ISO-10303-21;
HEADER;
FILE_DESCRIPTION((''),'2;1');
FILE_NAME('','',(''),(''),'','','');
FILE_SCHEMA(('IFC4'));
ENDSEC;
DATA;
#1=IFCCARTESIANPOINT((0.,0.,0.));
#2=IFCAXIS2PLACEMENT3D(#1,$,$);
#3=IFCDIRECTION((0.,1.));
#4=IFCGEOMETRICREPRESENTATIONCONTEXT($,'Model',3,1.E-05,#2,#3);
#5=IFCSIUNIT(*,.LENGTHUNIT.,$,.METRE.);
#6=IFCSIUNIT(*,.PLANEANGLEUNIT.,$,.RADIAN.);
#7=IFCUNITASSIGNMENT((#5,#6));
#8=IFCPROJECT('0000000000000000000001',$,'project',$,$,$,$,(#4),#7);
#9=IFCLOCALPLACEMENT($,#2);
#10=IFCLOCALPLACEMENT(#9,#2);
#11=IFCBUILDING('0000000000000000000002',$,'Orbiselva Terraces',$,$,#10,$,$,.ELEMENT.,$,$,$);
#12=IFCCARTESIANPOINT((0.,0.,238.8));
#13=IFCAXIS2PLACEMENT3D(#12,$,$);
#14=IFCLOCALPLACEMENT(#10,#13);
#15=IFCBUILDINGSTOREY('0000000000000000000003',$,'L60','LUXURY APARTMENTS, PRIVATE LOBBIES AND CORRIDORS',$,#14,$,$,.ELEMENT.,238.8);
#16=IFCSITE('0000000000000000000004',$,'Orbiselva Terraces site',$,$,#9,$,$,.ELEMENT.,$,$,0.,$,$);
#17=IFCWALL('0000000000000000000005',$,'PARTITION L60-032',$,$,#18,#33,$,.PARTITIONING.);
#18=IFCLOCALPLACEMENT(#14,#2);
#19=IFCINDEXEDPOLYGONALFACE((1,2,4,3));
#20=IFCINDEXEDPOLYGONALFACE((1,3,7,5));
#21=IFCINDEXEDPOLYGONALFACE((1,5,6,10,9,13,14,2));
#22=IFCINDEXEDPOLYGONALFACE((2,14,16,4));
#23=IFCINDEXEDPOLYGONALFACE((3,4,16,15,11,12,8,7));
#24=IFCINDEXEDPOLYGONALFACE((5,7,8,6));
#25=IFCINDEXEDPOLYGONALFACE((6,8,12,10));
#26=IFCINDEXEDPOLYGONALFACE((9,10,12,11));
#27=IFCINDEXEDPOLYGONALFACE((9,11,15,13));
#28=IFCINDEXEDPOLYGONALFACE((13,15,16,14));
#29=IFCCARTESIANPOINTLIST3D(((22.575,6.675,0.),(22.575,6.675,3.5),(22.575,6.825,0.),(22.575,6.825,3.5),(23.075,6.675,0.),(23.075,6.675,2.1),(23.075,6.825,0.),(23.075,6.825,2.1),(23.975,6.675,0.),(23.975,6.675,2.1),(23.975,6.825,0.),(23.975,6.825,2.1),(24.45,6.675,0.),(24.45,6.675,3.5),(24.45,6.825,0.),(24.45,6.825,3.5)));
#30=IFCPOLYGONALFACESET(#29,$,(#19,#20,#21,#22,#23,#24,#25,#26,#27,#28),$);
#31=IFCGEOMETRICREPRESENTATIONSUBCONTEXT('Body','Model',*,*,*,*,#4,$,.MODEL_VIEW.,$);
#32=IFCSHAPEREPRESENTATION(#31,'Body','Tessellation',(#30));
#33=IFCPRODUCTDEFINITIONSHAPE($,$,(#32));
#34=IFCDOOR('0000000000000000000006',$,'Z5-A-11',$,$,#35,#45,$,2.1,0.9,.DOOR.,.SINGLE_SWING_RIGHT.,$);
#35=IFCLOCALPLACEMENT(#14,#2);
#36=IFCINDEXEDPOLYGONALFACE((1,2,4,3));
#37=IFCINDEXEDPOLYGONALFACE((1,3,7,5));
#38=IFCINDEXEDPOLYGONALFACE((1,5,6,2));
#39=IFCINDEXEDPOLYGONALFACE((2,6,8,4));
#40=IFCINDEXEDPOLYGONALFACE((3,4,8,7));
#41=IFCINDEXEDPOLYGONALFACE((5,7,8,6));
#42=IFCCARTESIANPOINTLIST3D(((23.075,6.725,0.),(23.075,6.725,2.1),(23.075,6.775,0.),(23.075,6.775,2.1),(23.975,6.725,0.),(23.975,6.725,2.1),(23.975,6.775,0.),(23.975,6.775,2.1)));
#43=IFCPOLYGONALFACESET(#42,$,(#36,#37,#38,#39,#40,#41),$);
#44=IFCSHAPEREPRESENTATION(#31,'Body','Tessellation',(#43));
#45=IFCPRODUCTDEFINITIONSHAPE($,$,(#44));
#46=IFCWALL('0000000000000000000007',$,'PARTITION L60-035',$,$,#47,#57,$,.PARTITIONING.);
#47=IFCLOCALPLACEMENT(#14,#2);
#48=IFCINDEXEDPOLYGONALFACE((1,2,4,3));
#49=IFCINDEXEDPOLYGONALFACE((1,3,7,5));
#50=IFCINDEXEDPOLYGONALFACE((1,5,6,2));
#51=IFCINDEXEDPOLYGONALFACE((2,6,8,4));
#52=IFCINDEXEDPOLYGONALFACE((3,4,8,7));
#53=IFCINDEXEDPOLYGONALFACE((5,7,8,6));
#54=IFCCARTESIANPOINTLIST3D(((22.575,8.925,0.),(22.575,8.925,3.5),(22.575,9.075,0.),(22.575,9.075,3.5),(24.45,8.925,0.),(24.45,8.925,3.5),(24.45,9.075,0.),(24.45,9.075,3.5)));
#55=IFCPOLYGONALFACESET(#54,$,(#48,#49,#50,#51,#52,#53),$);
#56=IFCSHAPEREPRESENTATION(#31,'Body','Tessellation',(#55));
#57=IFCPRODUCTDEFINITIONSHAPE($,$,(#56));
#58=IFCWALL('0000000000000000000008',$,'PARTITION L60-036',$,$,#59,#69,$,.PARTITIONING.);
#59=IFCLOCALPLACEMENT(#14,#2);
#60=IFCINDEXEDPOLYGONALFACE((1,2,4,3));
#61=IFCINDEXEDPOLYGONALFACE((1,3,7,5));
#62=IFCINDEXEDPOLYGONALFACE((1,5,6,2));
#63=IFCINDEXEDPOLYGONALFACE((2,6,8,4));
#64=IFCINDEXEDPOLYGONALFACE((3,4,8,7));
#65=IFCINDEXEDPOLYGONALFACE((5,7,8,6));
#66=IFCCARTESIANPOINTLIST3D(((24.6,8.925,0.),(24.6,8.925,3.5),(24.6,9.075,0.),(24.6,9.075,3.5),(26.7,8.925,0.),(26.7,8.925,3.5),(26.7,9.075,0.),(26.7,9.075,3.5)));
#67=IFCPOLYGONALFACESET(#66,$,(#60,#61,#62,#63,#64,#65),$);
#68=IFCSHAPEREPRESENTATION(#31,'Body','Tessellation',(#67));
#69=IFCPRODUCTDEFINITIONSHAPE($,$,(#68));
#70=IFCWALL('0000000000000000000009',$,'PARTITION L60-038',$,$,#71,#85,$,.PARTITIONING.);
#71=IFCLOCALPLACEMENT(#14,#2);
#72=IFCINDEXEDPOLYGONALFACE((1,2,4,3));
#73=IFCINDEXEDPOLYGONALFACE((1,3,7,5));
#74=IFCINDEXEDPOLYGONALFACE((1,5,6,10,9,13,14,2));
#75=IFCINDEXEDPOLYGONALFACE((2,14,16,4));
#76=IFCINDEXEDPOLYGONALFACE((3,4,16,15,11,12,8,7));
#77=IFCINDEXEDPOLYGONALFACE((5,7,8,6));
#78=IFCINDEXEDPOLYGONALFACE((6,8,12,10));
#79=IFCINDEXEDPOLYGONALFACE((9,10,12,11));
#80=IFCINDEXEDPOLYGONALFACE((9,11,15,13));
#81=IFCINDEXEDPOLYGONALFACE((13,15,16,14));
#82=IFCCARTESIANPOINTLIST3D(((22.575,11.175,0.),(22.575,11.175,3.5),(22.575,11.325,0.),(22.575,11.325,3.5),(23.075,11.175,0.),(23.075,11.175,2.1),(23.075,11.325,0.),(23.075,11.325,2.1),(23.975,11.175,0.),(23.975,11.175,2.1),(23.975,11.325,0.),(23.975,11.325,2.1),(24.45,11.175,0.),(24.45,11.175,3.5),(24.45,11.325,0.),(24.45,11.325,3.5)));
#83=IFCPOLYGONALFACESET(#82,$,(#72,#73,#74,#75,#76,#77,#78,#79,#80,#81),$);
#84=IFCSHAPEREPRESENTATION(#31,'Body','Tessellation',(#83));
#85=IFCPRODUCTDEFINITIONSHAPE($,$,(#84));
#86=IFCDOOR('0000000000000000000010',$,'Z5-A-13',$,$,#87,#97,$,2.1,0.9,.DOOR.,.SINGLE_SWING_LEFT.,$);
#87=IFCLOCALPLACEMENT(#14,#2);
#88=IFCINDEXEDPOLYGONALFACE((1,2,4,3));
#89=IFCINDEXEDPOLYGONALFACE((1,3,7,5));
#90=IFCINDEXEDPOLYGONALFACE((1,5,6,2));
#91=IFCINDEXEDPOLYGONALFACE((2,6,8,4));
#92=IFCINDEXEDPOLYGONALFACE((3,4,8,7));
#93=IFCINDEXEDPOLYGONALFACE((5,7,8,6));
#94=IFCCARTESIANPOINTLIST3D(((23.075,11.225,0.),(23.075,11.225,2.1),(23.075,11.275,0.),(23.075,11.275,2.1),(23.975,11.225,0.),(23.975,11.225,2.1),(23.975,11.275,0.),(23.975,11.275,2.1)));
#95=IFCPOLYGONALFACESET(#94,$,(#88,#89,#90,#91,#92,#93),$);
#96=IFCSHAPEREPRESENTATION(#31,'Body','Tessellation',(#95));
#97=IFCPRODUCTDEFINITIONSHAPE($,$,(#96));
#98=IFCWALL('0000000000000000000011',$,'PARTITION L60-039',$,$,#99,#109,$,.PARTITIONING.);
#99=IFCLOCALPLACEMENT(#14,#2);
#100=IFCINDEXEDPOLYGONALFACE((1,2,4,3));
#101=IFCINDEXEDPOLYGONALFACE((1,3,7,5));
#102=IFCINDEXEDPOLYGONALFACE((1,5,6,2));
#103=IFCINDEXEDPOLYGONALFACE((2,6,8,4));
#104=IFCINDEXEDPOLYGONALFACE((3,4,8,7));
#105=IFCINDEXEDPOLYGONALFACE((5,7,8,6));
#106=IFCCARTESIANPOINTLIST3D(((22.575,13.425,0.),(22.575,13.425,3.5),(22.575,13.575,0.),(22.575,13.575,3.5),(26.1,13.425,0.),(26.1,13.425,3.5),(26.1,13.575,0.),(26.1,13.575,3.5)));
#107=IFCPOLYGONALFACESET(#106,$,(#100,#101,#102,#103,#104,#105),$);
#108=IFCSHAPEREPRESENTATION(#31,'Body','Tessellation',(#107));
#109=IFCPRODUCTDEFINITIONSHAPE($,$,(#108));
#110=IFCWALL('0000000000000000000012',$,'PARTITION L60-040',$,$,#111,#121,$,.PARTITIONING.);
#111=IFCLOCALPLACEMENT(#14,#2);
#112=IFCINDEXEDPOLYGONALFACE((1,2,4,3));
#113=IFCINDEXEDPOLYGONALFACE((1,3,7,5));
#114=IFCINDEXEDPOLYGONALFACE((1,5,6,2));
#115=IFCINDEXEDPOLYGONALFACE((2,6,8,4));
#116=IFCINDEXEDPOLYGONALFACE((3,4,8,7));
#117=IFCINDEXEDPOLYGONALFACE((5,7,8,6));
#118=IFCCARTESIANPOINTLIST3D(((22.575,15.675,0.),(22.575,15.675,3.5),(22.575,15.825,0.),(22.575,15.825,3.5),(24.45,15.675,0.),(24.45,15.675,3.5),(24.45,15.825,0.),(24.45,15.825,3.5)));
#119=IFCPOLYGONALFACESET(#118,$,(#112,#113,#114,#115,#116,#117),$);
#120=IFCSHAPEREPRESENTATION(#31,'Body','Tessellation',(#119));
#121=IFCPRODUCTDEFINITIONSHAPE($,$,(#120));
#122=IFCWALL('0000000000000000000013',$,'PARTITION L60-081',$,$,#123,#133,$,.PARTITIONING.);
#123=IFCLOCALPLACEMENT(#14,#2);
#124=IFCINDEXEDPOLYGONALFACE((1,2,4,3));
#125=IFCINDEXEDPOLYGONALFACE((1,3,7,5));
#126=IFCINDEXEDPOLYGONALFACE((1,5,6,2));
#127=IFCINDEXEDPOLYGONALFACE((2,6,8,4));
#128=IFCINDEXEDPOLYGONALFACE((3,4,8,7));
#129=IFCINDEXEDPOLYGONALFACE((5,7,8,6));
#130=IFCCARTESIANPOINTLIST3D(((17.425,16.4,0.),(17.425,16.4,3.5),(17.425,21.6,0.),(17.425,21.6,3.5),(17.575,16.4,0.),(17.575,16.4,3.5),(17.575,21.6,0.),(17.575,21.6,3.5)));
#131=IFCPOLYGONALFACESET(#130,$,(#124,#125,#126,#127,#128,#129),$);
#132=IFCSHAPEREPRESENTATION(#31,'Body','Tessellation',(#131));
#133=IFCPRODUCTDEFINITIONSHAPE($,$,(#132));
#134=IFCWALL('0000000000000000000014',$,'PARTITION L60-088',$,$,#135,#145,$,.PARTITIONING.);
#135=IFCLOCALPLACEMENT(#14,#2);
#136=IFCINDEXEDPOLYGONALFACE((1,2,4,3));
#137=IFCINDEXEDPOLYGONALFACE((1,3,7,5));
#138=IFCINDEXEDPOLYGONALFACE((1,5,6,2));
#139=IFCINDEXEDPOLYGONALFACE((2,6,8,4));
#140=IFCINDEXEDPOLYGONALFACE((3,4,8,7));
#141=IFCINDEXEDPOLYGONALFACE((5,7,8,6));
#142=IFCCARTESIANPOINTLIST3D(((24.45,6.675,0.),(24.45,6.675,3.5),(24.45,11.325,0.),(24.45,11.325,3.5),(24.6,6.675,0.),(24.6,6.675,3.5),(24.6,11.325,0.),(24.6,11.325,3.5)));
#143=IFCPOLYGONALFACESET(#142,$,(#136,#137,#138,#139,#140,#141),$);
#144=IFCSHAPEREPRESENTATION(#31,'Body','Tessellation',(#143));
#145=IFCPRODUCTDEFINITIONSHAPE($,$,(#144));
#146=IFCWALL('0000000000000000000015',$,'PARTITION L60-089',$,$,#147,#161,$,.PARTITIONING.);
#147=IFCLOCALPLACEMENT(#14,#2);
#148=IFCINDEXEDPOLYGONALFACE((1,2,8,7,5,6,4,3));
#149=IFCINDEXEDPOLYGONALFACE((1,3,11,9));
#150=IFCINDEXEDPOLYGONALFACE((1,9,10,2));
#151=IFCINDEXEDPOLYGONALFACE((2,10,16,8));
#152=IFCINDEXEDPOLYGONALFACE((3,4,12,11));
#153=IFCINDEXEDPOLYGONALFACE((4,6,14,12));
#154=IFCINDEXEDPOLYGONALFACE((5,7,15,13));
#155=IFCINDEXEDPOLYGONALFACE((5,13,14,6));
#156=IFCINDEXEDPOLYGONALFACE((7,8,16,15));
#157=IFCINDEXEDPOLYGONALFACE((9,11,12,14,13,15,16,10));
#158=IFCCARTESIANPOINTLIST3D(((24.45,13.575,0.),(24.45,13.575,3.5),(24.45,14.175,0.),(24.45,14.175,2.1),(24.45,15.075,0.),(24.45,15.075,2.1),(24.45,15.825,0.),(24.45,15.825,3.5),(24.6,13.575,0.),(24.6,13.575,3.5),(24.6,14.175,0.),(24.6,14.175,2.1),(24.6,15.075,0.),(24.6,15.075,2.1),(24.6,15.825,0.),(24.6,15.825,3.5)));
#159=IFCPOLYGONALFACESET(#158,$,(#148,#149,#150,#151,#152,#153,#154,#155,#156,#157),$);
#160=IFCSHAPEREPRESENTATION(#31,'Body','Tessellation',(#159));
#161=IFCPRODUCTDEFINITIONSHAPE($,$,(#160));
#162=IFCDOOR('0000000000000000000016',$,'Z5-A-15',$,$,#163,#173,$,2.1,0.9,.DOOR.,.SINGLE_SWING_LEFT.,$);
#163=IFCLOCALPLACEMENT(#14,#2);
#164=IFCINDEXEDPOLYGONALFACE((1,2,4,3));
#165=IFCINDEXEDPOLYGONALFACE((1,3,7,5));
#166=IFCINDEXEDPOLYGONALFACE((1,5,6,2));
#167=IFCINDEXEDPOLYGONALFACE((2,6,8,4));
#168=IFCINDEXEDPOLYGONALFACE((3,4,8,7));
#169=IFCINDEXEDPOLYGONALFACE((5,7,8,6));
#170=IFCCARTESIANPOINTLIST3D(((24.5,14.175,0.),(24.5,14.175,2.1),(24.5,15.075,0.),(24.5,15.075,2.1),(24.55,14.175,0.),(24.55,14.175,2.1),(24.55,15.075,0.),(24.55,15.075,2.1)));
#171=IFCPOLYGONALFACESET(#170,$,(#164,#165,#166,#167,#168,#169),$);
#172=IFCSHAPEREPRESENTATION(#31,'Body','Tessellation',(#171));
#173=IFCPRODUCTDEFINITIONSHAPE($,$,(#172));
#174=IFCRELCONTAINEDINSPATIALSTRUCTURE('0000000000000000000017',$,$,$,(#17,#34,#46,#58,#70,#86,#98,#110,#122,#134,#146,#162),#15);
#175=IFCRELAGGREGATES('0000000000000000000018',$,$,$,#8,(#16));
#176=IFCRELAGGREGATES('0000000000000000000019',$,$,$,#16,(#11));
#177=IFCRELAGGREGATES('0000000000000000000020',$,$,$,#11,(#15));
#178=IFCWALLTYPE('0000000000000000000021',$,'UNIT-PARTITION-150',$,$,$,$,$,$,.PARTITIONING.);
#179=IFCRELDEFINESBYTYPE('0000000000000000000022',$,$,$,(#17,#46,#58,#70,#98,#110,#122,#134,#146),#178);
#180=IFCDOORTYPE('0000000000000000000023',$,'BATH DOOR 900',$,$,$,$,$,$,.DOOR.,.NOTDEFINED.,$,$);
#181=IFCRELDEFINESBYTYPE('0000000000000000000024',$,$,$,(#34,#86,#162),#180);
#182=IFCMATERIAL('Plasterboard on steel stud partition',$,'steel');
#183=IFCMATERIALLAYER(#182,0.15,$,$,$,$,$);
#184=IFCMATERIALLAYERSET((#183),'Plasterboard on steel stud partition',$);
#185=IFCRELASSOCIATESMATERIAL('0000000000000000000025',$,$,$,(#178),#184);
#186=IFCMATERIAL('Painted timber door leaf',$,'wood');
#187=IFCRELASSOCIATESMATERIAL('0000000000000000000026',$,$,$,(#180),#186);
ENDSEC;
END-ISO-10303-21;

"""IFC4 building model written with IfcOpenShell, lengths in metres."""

from ifc_helpers import new_model, si_unit, direction, frame, frame_2d, origin, place, context, subcontext, project, spatial, rectangle, extrude, material, layer, layer_set, type_object, element, fill, save


model = new_model("IFC4")

# Units and contexts
model_context = context("Model", 3, precision=1e-05, world=origin(), true_north=direction((0.0, 1.0)))
body_context = subcontext(model_context, "Body", "Model", "MODEL_VIEW")
ifc_project = project(units=[si_unit("LENGTHUNIT", "METRE"), si_unit("PLANEANGLEUNIT", "RADIAN")], contexts=[model_context])

# Site, building, storey
site_placement = place(None, origin())
site = spatial("IfcSite", under=ifc_project, at=site_placement, Name="Orbiselva Terraces site", CompositionType="ELEMENT", RefElevation=0.0)
building_placement = place(site_placement, origin())
building = spatial("IfcBuilding", under=site, at=building_placement, Name="Orbiselva Terraces", CompositionType="ELEMENT")
storey_placement = place(building_placement, frame((0.0, 0.0, 238.8)))
storey = spatial("IfcBuildingStorey", under=building, at=storey_placement, Name="L60", Description="LUXURY APARTMENTS, PRIVATE LOBBIES AND CORRIDORS", CompositionType="ELEMENT", Elevation=238.8)

# Shared definitions
ifc_material_1 = material(Name="Plasterboard on steel stud partition", Category="steel")
ifc_layer_1 = layer(ifc_material_1, 0.15)
ifc_layer_set_1 = layer_set([ifc_layer_1], Name="Plasterboard on steel stud partition")
wall_type_1 = type_object("IfcWallType", Name="UNIT-PARTITION-150", PredefinedType="PARTITIONING", material=ifc_layer_set_1)

# Wall, opening, door
wall_1_placement = place(storey_placement, frame((22.575, 6.75, 0.0), z_axis=(0.0, 0.0, 1.0), x_axis=(1.0, 0.0, 0.0)))
wall_1 = element("IfcWall", 1, at=wall_1_placement, inside=storey, type_object=wall_type_1, Name="PARTITION L60-032", PredefinedType="PARTITIONING", context=body_context, shape_type="SweptSolid", body=[
    extrude(rectangle(XDim=1.875, YDim=0.15, at=frame_2d((0.9375, 0.0))), origin(), (0.0, 0.0, 1.0), 3.5),
])
opening_1_placement = place(wall_1_placement, frame((0.5, 0.0, 0.0)))
opening_1 = element("IfcOpeningElement", 2, at=opening_1_placement, cuts=wall_1, PredefinedType="OPENING", context=body_context, shape_type="SweptSolid", body=[
    extrude(rectangle(XDim=0.9, YDim=2.1, at=frame_2d((0.45, 1.05))), frame((0.0, 0.085, 0.0), z_axis=(0.0, -1.0, 0.0), x_axis=(1.0, 0.0, 0.0)), (0.0, 0.0, 1.0), 0.17),
])
ifc_material_2 = material(Name="Painted timber door leaf", Category="wood")
door_type_1 = type_object("IfcDoorType", Name="BATH DOOR 900", OperationType="NOTDEFINED", PredefinedType="DOOR", material=ifc_material_2)
door_1_placement = place(opening_1_placement, origin())
door_1 = element("IfcDoor", 3, at=door_1_placement, inside=storey, type_object=door_type_1, Name="Z5-A-11", OperationType="SINGLE_SWING_RIGHT", OverallHeight=2.1, OverallWidth=0.9, PredefinedType="DOOR", context=body_context, shape_type="SweptSolid", body=[
    extrude(rectangle(XDim=0.9, YDim=2.1, at=frame_2d((0.45, 1.05))), frame((0.0, 0.025, 0.0), z_axis=(0.0, -1.0, 0.0), x_axis=(1.0, 0.0, 0.0)), (0.0, 0.0, 1.0), 0.05),
])
fill(opening_1, door_1)

# Walls
wall_2_placement = place(storey_placement, frame((22.575, 9.0, 0.0), z_axis=(0.0, 0.0, 1.0), x_axis=(1.0, 0.0, 0.0)))
element("IfcWall", 4, at=wall_2_placement, inside=storey, type_object=wall_type_1, Name="PARTITION L60-035", PredefinedType="PARTITIONING", context=body_context, shape_type="SweptSolid", body=[
    extrude(rectangle(XDim=1.875, YDim=0.15, at=frame_2d((0.9375, 0.0))), origin(), (0.0, 0.0, 1.0), 3.5),
])
wall_3_placement = place(storey_placement, frame((24.6, 9.0, 0.0), z_axis=(0.0, 0.0, 1.0), x_axis=(1.0, 0.0, 0.0)))
element("IfcWall", 5, at=wall_3_placement, inside=storey, type_object=wall_type_1, Name="PARTITION L60-036", PredefinedType="PARTITIONING", context=body_context, shape_type="SweptSolid", body=[
    extrude(rectangle(XDim=2.1, YDim=0.15, at=frame_2d((1.05, 0.0))), origin(), (0.0, 0.0, 1.0), 3.5),
])

# Wall, opening, door
wall_4_placement = place(storey_placement, frame((24.45, 11.25, 0.0), z_axis=(0.0, 0.0, 1.0), x_axis=(-1.0, 0.0, 0.0)))
wall_4 = element("IfcWall", 6, at=wall_4_placement, inside=storey, type_object=wall_type_1, Name="PARTITION L60-038", PredefinedType="PARTITIONING", context=body_context, shape_type="SweptSolid", body=[
    extrude(rectangle(XDim=1.875, YDim=0.15, at=frame_2d((0.9375, 0.0))), origin(), (0.0, 0.0, 1.0), 3.5),
])
opening_2_placement = place(wall_4_placement, frame((0.475, 0.0, 0.0)))
opening_2 = element("IfcOpeningElement", 7, at=opening_2_placement, cuts=wall_4, PredefinedType="OPENING", context=body_context, shape_type="SweptSolid", body=[
    extrude(rectangle(XDim=0.9, YDim=2.1, at=frame_2d((0.45, 1.05))), frame((0.0, 0.085, 0.0), z_axis=(0.0, -1.0, 0.0), x_axis=(1.0, 0.0, 0.0)), (0.0, 0.0, 1.0), 0.17),
])
door_2_placement = place(opening_2_placement, origin())
door_2 = element("IfcDoor", 8, at=door_2_placement, inside=storey, type_object=door_type_1, Name="Z5-A-13", OperationType="SINGLE_SWING_LEFT", OverallHeight=2.1, OverallWidth=0.9, PredefinedType="DOOR", context=body_context, shape_type="SweptSolid", body=[
    extrude(rectangle(XDim=0.9, YDim=2.1, at=frame_2d((0.45, 1.05))), frame((0.0, 0.025, 0.0), z_axis=(0.0, -1.0, 0.0), x_axis=(1.0, 0.0, 0.0)), (0.0, 0.0, 1.0), 0.05),
])
fill(opening_2, door_2)

# Walls
wall_5_placement = place(storey_placement, frame((22.575, 13.5, 0.0), z_axis=(0.0, 0.0, 1.0), x_axis=(1.0, 0.0, 0.0)))
element("IfcWall", 9, at=wall_5_placement, inside=storey, type_object=wall_type_1, Name="PARTITION L60-039", PredefinedType="PARTITIONING", context=body_context, shape_type="SweptSolid", body=[
    extrude(rectangle(XDim=3.525, YDim=0.15, at=frame_2d((1.7625, 0.0))), origin(), (0.0, 0.0, 1.0), 3.5),
])
wall_6_placement = place(storey_placement, frame((22.575, 15.75, 0.0), z_axis=(0.0, 0.0, 1.0), x_axis=(1.0, 0.0, 0.0)))
element("IfcWall", 10, at=wall_6_placement, inside=storey, type_object=wall_type_1, Name="PARTITION L60-040", PredefinedType="PARTITIONING", context=body_context, shape_type="SweptSolid", body=[
    extrude(rectangle(XDim=1.875, YDim=0.15, at=frame_2d((0.9375, 0.0))), origin(), (0.0, 0.0, 1.0), 3.5),
])
wall_7_placement = place(storey_placement, frame((17.5, 16.4, 0.0), z_axis=(0.0, 0.0, 1.0), x_axis=(0.0, 1.0, 0.0)))
element("IfcWall", 11, at=wall_7_placement, inside=storey, type_object=wall_type_1, Name="PARTITION L60-081", PredefinedType="PARTITIONING", context=body_context, shape_type="SweptSolid", body=[
    extrude(rectangle(XDim=5.2, YDim=0.15, at=frame_2d((2.6, 0.0))), origin(), (0.0, 0.0, 1.0), 3.5),
])
wall_8_placement = place(storey_placement, frame((24.525, 6.675, 0.0), z_axis=(0.0, 0.0, 1.0), x_axis=(0.0, 1.0, 0.0)))
element("IfcWall", 12, at=wall_8_placement, inside=storey, type_object=wall_type_1, Name="PARTITION L60-088", PredefinedType="PARTITIONING", context=body_context, shape_type="SweptSolid", body=[
    extrude(rectangle(XDim=4.65, YDim=0.15, at=frame_2d((2.325, 0.0))), origin(), (0.0, 0.0, 1.0), 3.5),
])

# Wall, opening, door
wall_9_placement = place(storey_placement, frame((24.525, 13.575, 0.0), z_axis=(0.0, 0.0, 1.0), x_axis=(0.0, 1.0, 0.0)))
wall_9 = element("IfcWall", 13, at=wall_9_placement, inside=storey, type_object=wall_type_1, Name="PARTITION L60-089", PredefinedType="PARTITIONING", context=body_context, shape_type="SweptSolid", body=[
    extrude(rectangle(XDim=2.25, YDim=0.15, at=frame_2d((1.125, 0.0))), origin(), (0.0, 0.0, 1.0), 3.5),
])
opening_3_placement = place(wall_9_placement, frame((0.6, 0.0, 0.0)))
opening_3 = element("IfcOpeningElement", 14, at=opening_3_placement, cuts=wall_9, PredefinedType="OPENING", context=body_context, shape_type="SweptSolid", body=[
    extrude(rectangle(XDim=0.9, YDim=2.1, at=frame_2d((0.45, 1.05))), frame((0.0, 0.085, 0.0), z_axis=(0.0, -1.0, 0.0), x_axis=(1.0, 0.0, 0.0)), (0.0, 0.0, 1.0), 0.17),
])
door_3_placement = place(opening_3_placement, origin())
door_3 = element("IfcDoor", 15, at=door_3_placement, inside=storey, type_object=door_type_1, Name="Z5-A-15", OperationType="SINGLE_SWING_LEFT", OverallHeight=2.1, OverallWidth=0.9, PredefinedType="DOOR", context=body_context, shape_type="SweptSolid", body=[
    extrude(rectangle(XDim=0.9, YDim=2.1, at=frame_2d((0.45, 1.05))), frame((0.0, 0.025, 0.0), z_axis=(0.0, -1.0, 0.0), x_axis=(1.0, 0.0, 0.0)), (0.0, 0.0, 1.0), 0.05),
])
fill(opening_3, door_3)

save(model, "model.ifc")
